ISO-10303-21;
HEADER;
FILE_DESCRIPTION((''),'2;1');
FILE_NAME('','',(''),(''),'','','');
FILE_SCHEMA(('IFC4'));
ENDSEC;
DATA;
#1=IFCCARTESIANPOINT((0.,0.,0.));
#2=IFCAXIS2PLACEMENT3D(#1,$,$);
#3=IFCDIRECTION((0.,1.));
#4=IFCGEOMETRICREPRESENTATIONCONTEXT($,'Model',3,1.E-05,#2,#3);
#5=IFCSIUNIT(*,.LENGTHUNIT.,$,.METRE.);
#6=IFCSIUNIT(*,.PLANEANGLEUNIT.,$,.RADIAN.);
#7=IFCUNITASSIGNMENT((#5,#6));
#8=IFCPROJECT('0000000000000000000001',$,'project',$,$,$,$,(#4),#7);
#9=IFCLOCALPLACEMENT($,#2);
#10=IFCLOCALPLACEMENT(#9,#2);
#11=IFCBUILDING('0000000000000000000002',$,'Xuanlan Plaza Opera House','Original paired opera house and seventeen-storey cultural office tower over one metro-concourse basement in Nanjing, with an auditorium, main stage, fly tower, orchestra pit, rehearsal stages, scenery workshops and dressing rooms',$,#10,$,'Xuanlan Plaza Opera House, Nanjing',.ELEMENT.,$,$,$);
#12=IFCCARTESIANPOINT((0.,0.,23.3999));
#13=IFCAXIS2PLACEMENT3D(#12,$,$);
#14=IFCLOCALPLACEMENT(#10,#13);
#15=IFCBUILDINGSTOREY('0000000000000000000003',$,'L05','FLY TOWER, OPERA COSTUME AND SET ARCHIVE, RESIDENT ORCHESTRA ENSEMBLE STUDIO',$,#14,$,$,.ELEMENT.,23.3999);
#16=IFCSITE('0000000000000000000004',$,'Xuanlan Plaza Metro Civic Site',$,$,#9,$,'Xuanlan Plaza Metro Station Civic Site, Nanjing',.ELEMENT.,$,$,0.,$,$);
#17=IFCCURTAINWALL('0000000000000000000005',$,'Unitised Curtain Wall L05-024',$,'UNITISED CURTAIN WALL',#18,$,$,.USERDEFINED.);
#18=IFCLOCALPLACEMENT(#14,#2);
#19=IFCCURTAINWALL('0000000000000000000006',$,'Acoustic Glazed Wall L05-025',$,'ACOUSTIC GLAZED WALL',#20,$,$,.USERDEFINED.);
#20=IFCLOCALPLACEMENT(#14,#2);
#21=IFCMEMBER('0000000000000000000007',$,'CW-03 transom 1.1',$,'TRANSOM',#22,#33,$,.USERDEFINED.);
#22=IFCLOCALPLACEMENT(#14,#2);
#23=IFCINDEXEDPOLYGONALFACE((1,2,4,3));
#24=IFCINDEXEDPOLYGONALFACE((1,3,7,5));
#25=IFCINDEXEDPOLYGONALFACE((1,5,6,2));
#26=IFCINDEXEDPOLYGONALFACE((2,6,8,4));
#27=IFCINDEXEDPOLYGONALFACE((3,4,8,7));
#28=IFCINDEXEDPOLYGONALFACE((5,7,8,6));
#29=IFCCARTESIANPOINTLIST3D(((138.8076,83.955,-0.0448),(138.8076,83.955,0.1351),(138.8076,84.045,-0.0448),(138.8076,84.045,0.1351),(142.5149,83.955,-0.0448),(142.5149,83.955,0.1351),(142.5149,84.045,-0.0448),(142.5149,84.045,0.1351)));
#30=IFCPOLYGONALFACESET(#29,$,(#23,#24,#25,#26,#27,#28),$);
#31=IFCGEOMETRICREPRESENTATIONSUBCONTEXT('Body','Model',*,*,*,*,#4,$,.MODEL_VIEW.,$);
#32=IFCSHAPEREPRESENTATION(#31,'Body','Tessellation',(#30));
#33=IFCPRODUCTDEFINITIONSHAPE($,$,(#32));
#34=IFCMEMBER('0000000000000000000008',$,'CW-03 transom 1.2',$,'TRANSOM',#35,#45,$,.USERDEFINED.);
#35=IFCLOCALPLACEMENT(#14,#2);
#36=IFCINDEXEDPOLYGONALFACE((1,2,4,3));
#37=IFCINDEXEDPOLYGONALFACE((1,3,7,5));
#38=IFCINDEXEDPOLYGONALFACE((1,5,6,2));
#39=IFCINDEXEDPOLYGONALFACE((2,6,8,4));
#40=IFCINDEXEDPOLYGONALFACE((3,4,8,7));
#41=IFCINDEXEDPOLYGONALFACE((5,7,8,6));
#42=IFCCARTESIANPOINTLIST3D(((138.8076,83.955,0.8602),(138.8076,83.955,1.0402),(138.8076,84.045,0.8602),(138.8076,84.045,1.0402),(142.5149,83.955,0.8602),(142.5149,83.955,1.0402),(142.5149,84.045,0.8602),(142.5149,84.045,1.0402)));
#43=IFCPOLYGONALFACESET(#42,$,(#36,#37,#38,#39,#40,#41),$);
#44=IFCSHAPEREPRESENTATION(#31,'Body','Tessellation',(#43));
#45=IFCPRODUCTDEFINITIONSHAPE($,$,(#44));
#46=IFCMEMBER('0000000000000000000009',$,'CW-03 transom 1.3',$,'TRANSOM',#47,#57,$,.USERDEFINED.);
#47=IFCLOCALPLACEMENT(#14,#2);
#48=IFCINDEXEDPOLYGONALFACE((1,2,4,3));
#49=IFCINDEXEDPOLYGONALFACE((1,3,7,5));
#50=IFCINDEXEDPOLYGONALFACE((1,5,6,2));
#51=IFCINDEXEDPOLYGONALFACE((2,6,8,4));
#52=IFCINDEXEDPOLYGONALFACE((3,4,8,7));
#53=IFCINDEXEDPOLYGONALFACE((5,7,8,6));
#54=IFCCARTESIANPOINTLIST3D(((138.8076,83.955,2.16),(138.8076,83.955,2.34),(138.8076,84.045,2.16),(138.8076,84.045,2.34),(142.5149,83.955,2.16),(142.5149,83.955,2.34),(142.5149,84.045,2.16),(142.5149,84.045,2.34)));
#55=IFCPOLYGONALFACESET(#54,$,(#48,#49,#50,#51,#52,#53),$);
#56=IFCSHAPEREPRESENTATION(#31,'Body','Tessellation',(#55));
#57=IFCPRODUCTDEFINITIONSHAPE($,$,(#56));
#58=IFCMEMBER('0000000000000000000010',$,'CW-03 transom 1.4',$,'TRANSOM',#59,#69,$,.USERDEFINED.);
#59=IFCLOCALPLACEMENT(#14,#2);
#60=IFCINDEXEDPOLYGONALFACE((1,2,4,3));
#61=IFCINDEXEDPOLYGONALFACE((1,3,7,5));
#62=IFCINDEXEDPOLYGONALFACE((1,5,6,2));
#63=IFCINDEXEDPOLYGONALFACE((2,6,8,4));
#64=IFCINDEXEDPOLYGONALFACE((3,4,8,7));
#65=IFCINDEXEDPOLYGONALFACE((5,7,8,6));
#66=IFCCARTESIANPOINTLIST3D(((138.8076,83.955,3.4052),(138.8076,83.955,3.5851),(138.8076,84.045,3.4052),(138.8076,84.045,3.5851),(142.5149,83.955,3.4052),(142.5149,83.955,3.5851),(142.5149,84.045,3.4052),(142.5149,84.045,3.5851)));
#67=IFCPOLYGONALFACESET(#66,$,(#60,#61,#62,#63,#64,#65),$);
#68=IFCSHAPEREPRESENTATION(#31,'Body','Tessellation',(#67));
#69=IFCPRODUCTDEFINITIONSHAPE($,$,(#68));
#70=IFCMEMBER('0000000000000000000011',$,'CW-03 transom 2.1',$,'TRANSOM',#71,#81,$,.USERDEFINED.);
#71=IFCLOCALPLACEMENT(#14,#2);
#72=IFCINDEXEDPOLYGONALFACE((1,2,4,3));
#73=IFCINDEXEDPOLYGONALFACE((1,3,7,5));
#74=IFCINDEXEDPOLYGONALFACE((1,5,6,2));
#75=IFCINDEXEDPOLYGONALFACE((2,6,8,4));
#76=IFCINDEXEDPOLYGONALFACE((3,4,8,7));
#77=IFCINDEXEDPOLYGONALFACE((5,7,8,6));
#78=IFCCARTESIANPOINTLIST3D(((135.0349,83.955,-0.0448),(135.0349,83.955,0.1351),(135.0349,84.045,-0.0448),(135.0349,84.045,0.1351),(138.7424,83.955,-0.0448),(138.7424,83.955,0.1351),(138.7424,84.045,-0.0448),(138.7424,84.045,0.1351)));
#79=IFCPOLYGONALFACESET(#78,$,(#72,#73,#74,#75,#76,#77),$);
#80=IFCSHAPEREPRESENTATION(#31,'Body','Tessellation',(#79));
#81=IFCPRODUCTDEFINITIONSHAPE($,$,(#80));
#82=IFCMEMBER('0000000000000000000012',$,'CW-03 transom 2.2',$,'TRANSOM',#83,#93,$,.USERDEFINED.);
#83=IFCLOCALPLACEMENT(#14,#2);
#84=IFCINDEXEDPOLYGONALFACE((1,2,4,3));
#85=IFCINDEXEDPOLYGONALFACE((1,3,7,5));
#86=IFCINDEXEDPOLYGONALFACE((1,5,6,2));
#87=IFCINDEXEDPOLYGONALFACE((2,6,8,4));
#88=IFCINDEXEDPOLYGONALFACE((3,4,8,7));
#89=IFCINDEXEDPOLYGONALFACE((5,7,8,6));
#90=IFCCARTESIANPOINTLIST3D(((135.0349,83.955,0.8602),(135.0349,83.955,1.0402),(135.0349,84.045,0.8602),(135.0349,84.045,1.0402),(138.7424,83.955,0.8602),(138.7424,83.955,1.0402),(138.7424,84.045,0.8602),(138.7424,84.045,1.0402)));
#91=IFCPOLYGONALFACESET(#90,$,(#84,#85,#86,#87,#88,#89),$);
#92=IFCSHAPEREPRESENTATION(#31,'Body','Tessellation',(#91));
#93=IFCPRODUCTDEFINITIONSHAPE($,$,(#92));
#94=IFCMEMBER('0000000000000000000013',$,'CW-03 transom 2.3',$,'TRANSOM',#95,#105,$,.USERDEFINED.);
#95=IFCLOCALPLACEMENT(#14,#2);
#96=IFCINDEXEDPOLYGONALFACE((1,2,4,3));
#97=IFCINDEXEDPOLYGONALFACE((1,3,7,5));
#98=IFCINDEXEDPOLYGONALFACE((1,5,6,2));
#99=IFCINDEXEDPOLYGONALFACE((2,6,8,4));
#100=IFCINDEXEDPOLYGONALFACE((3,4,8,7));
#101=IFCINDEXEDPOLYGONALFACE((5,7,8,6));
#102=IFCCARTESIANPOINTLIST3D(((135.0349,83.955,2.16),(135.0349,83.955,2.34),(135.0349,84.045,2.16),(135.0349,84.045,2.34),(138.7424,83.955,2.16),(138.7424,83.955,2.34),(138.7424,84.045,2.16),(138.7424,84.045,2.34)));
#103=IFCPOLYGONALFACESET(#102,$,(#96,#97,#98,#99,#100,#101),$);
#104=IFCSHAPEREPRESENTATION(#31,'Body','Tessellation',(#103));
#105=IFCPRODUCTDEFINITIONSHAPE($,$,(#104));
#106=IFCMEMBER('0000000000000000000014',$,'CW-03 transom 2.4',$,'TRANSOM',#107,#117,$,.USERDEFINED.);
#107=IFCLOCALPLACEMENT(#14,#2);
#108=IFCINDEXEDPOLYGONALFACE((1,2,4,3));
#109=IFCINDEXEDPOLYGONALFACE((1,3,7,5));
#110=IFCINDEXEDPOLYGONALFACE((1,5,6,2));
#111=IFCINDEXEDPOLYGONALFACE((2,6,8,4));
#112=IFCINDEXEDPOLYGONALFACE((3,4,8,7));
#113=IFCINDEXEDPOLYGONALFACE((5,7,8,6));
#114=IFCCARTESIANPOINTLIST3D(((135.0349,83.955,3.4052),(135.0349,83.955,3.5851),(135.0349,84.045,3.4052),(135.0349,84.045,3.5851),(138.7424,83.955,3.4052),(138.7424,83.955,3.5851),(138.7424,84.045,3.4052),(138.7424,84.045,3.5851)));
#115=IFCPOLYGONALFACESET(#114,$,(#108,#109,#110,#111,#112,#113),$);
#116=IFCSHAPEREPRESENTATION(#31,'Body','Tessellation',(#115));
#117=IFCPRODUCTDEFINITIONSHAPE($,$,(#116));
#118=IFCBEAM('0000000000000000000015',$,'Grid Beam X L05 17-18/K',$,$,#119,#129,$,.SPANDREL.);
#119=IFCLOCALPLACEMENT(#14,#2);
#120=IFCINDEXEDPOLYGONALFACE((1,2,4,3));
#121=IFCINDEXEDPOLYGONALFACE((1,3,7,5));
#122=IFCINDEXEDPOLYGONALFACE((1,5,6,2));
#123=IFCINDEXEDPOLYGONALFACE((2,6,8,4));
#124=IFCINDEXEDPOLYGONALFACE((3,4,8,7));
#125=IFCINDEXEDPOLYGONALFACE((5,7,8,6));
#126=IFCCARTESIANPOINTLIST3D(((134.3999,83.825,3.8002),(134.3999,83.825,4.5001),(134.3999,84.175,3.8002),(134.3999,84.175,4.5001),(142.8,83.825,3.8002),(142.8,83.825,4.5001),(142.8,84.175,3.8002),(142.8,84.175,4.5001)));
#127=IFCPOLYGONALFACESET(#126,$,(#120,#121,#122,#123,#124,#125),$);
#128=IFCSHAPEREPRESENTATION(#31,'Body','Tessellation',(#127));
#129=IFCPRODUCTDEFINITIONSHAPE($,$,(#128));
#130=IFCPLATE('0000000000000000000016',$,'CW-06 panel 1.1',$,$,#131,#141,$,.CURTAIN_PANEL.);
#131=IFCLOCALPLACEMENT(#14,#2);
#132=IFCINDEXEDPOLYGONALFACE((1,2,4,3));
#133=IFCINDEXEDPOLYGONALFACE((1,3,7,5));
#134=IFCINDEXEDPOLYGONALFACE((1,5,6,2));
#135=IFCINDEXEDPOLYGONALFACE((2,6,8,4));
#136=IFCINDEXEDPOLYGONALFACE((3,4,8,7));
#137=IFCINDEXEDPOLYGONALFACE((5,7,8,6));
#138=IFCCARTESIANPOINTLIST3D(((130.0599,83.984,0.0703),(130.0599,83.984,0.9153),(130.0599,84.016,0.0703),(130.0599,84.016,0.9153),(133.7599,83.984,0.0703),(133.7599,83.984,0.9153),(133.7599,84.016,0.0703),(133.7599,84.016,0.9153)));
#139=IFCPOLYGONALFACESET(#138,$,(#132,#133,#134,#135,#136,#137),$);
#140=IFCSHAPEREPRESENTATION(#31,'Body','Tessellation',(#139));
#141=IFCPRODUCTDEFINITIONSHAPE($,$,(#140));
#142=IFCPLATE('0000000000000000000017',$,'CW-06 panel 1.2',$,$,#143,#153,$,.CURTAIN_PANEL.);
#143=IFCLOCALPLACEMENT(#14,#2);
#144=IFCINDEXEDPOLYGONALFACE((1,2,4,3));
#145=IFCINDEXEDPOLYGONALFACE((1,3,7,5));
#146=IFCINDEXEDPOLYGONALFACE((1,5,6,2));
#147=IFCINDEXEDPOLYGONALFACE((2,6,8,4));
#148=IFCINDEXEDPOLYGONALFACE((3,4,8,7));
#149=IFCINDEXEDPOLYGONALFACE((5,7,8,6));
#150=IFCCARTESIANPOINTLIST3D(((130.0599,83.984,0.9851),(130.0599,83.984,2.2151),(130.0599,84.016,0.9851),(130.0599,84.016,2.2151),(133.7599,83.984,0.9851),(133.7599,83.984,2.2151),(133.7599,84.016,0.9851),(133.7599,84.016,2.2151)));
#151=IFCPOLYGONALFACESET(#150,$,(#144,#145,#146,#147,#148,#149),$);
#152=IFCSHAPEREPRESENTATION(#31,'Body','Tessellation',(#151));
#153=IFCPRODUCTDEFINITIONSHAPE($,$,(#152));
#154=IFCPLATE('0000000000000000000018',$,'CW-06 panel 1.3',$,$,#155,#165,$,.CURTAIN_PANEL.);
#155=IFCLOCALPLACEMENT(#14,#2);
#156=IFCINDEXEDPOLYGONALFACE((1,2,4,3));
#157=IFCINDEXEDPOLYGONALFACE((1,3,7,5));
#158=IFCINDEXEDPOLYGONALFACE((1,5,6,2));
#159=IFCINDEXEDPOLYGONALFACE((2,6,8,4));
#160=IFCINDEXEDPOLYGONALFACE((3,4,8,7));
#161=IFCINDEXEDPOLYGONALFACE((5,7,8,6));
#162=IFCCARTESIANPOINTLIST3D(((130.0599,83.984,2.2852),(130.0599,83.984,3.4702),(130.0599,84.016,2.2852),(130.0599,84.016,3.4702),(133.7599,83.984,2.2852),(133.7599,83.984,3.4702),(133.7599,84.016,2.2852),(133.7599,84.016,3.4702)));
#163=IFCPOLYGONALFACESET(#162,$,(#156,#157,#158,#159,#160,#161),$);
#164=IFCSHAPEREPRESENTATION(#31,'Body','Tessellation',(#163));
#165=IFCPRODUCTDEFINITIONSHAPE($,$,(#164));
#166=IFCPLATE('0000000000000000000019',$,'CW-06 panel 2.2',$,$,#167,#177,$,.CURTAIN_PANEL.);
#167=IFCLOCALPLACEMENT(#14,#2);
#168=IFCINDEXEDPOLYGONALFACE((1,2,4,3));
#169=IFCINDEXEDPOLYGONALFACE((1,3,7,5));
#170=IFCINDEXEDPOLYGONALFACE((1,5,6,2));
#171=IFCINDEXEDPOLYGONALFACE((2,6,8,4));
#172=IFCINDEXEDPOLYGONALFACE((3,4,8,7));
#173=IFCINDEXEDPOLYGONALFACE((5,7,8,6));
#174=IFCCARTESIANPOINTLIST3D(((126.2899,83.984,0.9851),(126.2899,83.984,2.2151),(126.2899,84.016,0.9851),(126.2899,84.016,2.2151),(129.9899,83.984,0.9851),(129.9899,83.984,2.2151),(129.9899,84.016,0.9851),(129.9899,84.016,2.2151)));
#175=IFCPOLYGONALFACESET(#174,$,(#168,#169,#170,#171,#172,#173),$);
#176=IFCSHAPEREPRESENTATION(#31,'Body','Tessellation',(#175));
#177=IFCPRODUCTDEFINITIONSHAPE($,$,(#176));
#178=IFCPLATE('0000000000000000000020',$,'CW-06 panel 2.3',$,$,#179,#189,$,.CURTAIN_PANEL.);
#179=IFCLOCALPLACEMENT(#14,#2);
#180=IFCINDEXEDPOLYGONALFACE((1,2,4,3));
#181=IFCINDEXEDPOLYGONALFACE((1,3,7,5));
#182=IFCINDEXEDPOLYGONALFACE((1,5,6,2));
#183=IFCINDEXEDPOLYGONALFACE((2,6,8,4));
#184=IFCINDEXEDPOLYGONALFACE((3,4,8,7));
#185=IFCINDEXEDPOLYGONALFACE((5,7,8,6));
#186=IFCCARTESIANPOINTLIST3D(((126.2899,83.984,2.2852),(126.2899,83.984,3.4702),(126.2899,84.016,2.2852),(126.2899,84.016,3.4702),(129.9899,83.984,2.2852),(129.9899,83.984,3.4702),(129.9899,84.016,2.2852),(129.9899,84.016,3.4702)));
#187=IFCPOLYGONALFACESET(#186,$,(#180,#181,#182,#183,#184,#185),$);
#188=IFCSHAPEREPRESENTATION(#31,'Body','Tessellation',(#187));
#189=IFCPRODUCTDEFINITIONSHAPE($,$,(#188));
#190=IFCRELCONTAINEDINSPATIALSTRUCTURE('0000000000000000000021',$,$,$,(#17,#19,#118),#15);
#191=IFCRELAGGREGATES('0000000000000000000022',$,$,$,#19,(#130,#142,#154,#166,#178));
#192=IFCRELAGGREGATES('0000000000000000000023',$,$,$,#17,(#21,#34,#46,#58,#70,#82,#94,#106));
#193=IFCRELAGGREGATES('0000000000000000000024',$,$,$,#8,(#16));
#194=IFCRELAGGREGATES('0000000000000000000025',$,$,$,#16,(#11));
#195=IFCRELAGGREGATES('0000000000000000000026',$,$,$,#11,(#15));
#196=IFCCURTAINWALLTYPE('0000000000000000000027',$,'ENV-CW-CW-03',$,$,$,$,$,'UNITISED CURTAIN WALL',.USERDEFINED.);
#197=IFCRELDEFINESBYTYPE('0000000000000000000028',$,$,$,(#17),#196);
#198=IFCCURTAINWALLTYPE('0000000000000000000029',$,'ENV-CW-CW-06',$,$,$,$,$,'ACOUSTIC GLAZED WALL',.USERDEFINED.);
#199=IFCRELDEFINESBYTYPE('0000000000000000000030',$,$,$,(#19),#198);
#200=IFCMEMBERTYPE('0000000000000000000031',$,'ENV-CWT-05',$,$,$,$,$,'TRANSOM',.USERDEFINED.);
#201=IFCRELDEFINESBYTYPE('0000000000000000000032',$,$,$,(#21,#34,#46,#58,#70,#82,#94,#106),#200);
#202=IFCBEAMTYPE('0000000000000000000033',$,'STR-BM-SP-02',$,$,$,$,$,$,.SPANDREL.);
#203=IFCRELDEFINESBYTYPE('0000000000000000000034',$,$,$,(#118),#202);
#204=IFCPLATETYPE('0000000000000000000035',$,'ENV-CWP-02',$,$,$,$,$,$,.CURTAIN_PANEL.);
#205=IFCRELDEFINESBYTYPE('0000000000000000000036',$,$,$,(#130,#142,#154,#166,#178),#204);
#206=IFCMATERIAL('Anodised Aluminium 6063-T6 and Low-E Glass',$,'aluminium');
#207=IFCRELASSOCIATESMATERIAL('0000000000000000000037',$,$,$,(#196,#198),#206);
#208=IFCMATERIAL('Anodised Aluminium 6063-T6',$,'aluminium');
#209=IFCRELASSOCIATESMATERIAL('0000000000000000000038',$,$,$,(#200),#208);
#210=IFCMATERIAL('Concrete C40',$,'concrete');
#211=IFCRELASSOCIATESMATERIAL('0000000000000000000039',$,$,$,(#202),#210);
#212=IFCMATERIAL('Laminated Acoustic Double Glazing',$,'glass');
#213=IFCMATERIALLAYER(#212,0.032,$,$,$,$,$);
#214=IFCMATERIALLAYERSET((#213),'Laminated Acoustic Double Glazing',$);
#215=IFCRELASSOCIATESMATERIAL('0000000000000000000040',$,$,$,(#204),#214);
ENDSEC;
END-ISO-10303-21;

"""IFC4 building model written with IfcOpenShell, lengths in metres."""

from ifc_helpers import new_model, si_unit, direction, frame, origin, origin_2d, place, context, subcontext, project, spatial, rectangle, extrude, material, layer, layer_set, material_profile, profile_set, type_object, element, aggregate, save


model = new_model("IFC4")

# Units and contexts
model_context = context("Model", 3, precision=1e-05, world=origin(), true_north=direction((0.0, 1.0)))
body_context = subcontext(model_context, "Body", "Model", "MODEL_VIEW")
ifc_project = project(units=[si_unit("LENGTHUNIT", "METRE"), si_unit("PLANEANGLEUNIT", "RADIAN")], contexts=[model_context])

# Site, building, storey
site_placement = place(None, origin())
site = spatial("IfcSite", under=ifc_project, at=site_placement, Name="Xuanlan Plaza Metro Civic Site", LongName="Xuanlan Plaza Metro Station Civic Site, Nanjing", CompositionType="ELEMENT", RefElevation=0.0)
building_placement = place(site_placement, origin())
building = spatial("IfcBuilding", under=site, at=building_placement, Name="Xuanlan Plaza Opera House", Description="Original paired opera house and seventeen-storey cultural office tower over one metro-concourse basement in Nanjing, with an auditorium, main stage, fly tower, orchestra pit, rehearsal stages, scenery workshops and dressing rooms", LongName="Xuanlan Plaza Opera House, Nanjing", CompositionType="ELEMENT")
storey_placement = place(building_placement, frame((0.0, 0.0, 23.3999)))
storey = spatial("IfcBuildingStorey", under=building, at=storey_placement, Name="L05", Description="FLY TOWER, OPERA COSTUME AND SET ARCHIVE, RESIDENT ORCHESTRA ENSEMBLE STUDIO", CompositionType="ELEMENT", Elevation=23.3999)

# Curtain walls
ifc_material_1 = material(Name="Anodised Aluminium 6063-T6 and Low-E Glass", Category="aluminium")
curtain_wall_type_1 = type_object("IfcCurtainWallType", Name="ENV-CW-CW-03", ElementType="UNITISED CURTAIN WALL", PredefinedType="USERDEFINED", material=ifc_material_1)
curtain_wall_1_placement = place(storey_placement, origin())
curtain_wall_1 = element("IfcCurtainWall", 1, at=curtain_wall_1_placement, inside=storey, type_object=curtain_wall_type_1, Name="Unitised Curtain Wall L05-024", ObjectType="UNITISED CURTAIN WALL", PredefinedType="USERDEFINED")
ifc_material_2 = material(Name="Anodised Aluminium 6063-T6", Category="aluminium")
curtain_wall_type_2 = type_object("IfcCurtainWallType", Name="ENV-CW-CW-06", ElementType="ACOUSTIC GLAZED WALL", PredefinedType="USERDEFINED", material=ifc_material_1)
curtain_wall_2_placement = place(storey_placement, origin())
curtain_wall_2 = element("IfcCurtainWall", 2, at=curtain_wall_2_placement, inside=storey, type_object=curtain_wall_type_2, Name="Acoustic Glazed Wall L05-025", ObjectType="ACOUSTIC GLAZED WALL", PredefinedType="USERDEFINED")

# Members
ifc_material_profile_1 = material_profile(ifc_material_2, rectangle(XDim=0.0901, YDim=0.1799, at=origin_2d()), Name="ALU-T 90x180")
ifc_profile_set_1 = profile_set([ifc_material_profile_1], Name="Anodised Aluminium 6063-T6")
member_type_1 = type_object("IfcMemberType", Name="ENV-CWT-05", ElementType="TRANSOM", PredefinedType="USERDEFINED", material=ifc_profile_set_1)
member_1_placement = place(storey_placement, frame((142.5149, 84.0, 0.0452), z_axis=(-1.0, 0.0, 0.0), x_axis=(0.0, -1.0, 0.0)))
member_1 = element("IfcMember", 3, at=member_1_placement, type_object=member_type_1, Name="CW-03 transom 1.1", ObjectType="TRANSOM", PredefinedType="USERDEFINED", context=body_context, shape_type="SweptSolid", body=[
    extrude(rectangle(XDim=0.0901, YDim=0.1799, at=origin_2d()), origin(), (0.0, 0.0, 1.0), 3.7073),
])
member_2_placement = place(storey_placement, frame((142.5149, 84.0, 0.9502), z_axis=(-1.0, 0.0, 0.0), x_axis=(0.0, -1.0, 0.0)))
member_2 = element("IfcMember", 4, at=member_2_placement, type_object=member_type_1, Name="CW-03 transom 1.2", ObjectType="TRANSOM", PredefinedType="USERDEFINED", context=body_context, shape_type="SweptSolid", body=[
    extrude(rectangle(XDim=0.0901, YDim=0.1799, at=origin_2d()), origin(), (0.0, 0.0, 1.0), 3.7073),
])
member_3_placement = place(storey_placement, frame((142.5149, 84.0, 2.25), z_axis=(-1.0, 0.0, 0.0), x_axis=(0.0, -1.0, 0.0)))
member_3 = element("IfcMember", 5, at=member_3_placement, type_object=member_type_1, Name="CW-03 transom 1.3", ObjectType="TRANSOM", PredefinedType="USERDEFINED", context=body_context, shape_type="SweptSolid", body=[
    extrude(rectangle(XDim=0.0901, YDim=0.1799, at=origin_2d()), origin(), (0.0, 0.0, 1.0), 3.7073),
])
member_4_placement = place(storey_placement, frame((142.5149, 84.0, 3.4951), z_axis=(-1.0, 0.0, 0.0), x_axis=(0.0, -1.0, 0.0)))
member_4 = element("IfcMember", 6, at=member_4_placement, type_object=member_type_1, Name="CW-03 transom 1.4", ObjectType="TRANSOM", PredefinedType="USERDEFINED", context=body_context, shape_type="SweptSolid", body=[
    extrude(rectangle(XDim=0.0901, YDim=0.1799, at=origin_2d()), origin(), (0.0, 0.0, 1.0), 3.7073),
])
member_5_placement = place(storey_placement, frame((138.7424, 84.0, 0.0452), z_axis=(-1.0, 0.0, 0.0), x_axis=(0.0, -1.0, 0.0)))
member_5 = element("IfcMember", 7, at=member_5_placement, type_object=member_type_1, Name="CW-03 transom 2.1", ObjectType="TRANSOM", PredefinedType="USERDEFINED", context=body_context, shape_type="SweptSolid", body=[
    extrude(rectangle(XDim=0.0901, YDim=0.1799, at=origin_2d()), origin(), (0.0, 0.0, 1.0), 3.7075),
])
member_6_placement = place(storey_placement, frame((138.7424, 84.0, 0.9502), z_axis=(-1.0, 0.0, 0.0), x_axis=(0.0, -1.0, 0.0)))
member_6 = element("IfcMember", 8, at=member_6_placement, type_object=member_type_1, Name="CW-03 transom 2.2", ObjectType="TRANSOM", PredefinedType="USERDEFINED", context=body_context, shape_type="SweptSolid", body=[
    extrude(rectangle(XDim=0.0901, YDim=0.1799, at=origin_2d()), origin(), (0.0, 0.0, 1.0), 3.7075),
])
member_7_placement = place(storey_placement, frame((138.7424, 84.0, 2.25), z_axis=(-1.0, 0.0, 0.0), x_axis=(0.0, -1.0, 0.0)))
member_7 = element("IfcMember", 9, at=member_7_placement, type_object=member_type_1, Name="CW-03 transom 2.3", ObjectType="TRANSOM", PredefinedType="USERDEFINED", context=body_context, shape_type="SweptSolid", body=[
    extrude(rectangle(XDim=0.0901, YDim=0.1799, at=origin_2d()), origin(), (0.0, 0.0, 1.0), 3.7075),
])
member_8_placement = place(storey_placement, frame((138.7424, 84.0, 3.4951), z_axis=(-1.0, 0.0, 0.0), x_axis=(0.0, -1.0, 0.0)))
member_8 = element("IfcMember", 10, at=member_8_placement, type_object=member_type_1, Name="CW-03 transom 2.4", ObjectType="TRANSOM", PredefinedType="USERDEFINED", context=body_context, shape_type="SweptSolid", body=[
    extrude(rectangle(XDim=0.0901, YDim=0.1799, at=origin_2d()), origin(), (0.0, 0.0, 1.0), 3.7075),
])

# Beam
ifc_material_3 = material(Name="Concrete C40", Category="concrete")
ifc_material_profile_2 = material_profile(ifc_material_3, rectangle(XDim=0.3501, YDim=0.7, at=origin_2d()), Name="RC-SPD 350x700")
ifc_profile_set_2 = profile_set([ifc_material_profile_2], Name="Concrete C40")
beam_type = type_object("IfcBeamType", Name="STR-BM-SP-02", PredefinedType="SPANDREL", material=ifc_profile_set_2)
beam_placement = place(storey_placement, frame((134.3999, 84.0, 4.1501), z_axis=(1.0, 0.0, 0.0), x_axis=(0.0, 1.0, 0.0)))
element("IfcBeam", 11, at=beam_placement, inside=storey, type_object=beam_type, Name="Grid Beam X L05 17-18/K", PredefinedType="SPANDREL", context=body_context, shape_type="SweptSolid", body=[
    extrude(rectangle(XDim=0.3501, YDim=0.7, at=origin_2d()), origin(), (0.0, 0.0, 1.0), 8.4001),
])

# Plates
ifc_material_4 = material(Name="Laminated Acoustic Double Glazing", Category="glass")
ifc_layer_1 = layer(ifc_material_4, 0.032)
ifc_layer_set_1 = layer_set([ifc_layer_1], Name="Laminated Acoustic Double Glazing")
plate_type_1 = type_object("IfcPlateType", Name="ENV-CWP-02", PredefinedType="CURTAIN_PANEL", material=ifc_layer_set_1)
plate_1_placement = place(storey_placement, frame((131.9099, 84.0, 0.0703), z_axis=(0.0, 0.0, 1.0), x_axis=(-1.0, 0.0, 0.0)))
plate_1 = element("IfcPlate", 12, at=plate_1_placement, type_object=plate_type_1, Name="CW-06 panel 1.1", PredefinedType="CURTAIN_PANEL", context=body_context, shape_type="SweptSolid", body=[
    extrude(rectangle(XDim=3.7, YDim=0.032, at=origin_2d()), origin(), (0.0, 0.0, 1.0), 0.845),
])
plate_2_placement = place(storey_placement, frame((131.9099, 84.0, 0.9851), z_axis=(0.0, 0.0, 1.0), x_axis=(-1.0, 0.0, 0.0)))
plate_2 = element("IfcPlate", 13, at=plate_2_placement, type_object=plate_type_1, Name="CW-06 panel 1.2", PredefinedType="CURTAIN_PANEL", context=body_context, shape_type="SweptSolid", body=[
    extrude(rectangle(XDim=3.7, YDim=0.032, at=origin_2d()), origin(), (0.0, 0.0, 1.0), 1.23),
])
plate_3_placement = place(storey_placement, frame((131.9099, 84.0, 2.2852), z_axis=(0.0, 0.0, 1.0), x_axis=(-1.0, 0.0, 0.0)))
plate_3 = element("IfcPlate", 14, at=plate_3_placement, type_object=plate_type_1, Name="CW-06 panel 1.3", PredefinedType="CURTAIN_PANEL", context=body_context, shape_type="SweptSolid", body=[
    extrude(rectangle(XDim=3.7, YDim=0.032, at=origin_2d()), origin(), (0.0, 0.0, 1.0), 1.1851),
])
plate_4_placement = place(storey_placement, frame((128.1399, 84.0, 0.9851), z_axis=(0.0, 0.0, 1.0), x_axis=(-1.0, 0.0, 0.0)))
plate_4 = element("IfcPlate", 15, at=plate_4_placement, type_object=plate_type_1, Name="CW-06 panel 2.2", PredefinedType="CURTAIN_PANEL", context=body_context, shape_type="SweptSolid", body=[
    extrude(rectangle(XDim=3.7, YDim=0.032, at=origin_2d()), origin(), (0.0, 0.0, 1.0), 1.23),
])
plate_5_placement = place(storey_placement, frame((128.1399, 84.0, 2.2852), z_axis=(0.0, 0.0, 1.0), x_axis=(-1.0, 0.0, 0.0)))
plate_5 = element("IfcPlate", 16, at=plate_5_placement, type_object=plate_type_1, Name="CW-06 panel 2.3", PredefinedType="CURTAIN_PANEL", context=body_context, shape_type="SweptSolid", body=[
    extrude(rectangle(XDim=3.7, YDim=0.032, at=origin_2d()), origin(), (0.0, 0.0, 1.0), 1.1851),
])
aggregate(curtain_wall_2, [plate_1, plate_2, plate_3, plate_4, plate_5])
aggregate(curtain_wall_1, [member_1, member_2, member_3, member_4, member_5, member_6, member_7, member_8])

save(model, "model.ifc")
